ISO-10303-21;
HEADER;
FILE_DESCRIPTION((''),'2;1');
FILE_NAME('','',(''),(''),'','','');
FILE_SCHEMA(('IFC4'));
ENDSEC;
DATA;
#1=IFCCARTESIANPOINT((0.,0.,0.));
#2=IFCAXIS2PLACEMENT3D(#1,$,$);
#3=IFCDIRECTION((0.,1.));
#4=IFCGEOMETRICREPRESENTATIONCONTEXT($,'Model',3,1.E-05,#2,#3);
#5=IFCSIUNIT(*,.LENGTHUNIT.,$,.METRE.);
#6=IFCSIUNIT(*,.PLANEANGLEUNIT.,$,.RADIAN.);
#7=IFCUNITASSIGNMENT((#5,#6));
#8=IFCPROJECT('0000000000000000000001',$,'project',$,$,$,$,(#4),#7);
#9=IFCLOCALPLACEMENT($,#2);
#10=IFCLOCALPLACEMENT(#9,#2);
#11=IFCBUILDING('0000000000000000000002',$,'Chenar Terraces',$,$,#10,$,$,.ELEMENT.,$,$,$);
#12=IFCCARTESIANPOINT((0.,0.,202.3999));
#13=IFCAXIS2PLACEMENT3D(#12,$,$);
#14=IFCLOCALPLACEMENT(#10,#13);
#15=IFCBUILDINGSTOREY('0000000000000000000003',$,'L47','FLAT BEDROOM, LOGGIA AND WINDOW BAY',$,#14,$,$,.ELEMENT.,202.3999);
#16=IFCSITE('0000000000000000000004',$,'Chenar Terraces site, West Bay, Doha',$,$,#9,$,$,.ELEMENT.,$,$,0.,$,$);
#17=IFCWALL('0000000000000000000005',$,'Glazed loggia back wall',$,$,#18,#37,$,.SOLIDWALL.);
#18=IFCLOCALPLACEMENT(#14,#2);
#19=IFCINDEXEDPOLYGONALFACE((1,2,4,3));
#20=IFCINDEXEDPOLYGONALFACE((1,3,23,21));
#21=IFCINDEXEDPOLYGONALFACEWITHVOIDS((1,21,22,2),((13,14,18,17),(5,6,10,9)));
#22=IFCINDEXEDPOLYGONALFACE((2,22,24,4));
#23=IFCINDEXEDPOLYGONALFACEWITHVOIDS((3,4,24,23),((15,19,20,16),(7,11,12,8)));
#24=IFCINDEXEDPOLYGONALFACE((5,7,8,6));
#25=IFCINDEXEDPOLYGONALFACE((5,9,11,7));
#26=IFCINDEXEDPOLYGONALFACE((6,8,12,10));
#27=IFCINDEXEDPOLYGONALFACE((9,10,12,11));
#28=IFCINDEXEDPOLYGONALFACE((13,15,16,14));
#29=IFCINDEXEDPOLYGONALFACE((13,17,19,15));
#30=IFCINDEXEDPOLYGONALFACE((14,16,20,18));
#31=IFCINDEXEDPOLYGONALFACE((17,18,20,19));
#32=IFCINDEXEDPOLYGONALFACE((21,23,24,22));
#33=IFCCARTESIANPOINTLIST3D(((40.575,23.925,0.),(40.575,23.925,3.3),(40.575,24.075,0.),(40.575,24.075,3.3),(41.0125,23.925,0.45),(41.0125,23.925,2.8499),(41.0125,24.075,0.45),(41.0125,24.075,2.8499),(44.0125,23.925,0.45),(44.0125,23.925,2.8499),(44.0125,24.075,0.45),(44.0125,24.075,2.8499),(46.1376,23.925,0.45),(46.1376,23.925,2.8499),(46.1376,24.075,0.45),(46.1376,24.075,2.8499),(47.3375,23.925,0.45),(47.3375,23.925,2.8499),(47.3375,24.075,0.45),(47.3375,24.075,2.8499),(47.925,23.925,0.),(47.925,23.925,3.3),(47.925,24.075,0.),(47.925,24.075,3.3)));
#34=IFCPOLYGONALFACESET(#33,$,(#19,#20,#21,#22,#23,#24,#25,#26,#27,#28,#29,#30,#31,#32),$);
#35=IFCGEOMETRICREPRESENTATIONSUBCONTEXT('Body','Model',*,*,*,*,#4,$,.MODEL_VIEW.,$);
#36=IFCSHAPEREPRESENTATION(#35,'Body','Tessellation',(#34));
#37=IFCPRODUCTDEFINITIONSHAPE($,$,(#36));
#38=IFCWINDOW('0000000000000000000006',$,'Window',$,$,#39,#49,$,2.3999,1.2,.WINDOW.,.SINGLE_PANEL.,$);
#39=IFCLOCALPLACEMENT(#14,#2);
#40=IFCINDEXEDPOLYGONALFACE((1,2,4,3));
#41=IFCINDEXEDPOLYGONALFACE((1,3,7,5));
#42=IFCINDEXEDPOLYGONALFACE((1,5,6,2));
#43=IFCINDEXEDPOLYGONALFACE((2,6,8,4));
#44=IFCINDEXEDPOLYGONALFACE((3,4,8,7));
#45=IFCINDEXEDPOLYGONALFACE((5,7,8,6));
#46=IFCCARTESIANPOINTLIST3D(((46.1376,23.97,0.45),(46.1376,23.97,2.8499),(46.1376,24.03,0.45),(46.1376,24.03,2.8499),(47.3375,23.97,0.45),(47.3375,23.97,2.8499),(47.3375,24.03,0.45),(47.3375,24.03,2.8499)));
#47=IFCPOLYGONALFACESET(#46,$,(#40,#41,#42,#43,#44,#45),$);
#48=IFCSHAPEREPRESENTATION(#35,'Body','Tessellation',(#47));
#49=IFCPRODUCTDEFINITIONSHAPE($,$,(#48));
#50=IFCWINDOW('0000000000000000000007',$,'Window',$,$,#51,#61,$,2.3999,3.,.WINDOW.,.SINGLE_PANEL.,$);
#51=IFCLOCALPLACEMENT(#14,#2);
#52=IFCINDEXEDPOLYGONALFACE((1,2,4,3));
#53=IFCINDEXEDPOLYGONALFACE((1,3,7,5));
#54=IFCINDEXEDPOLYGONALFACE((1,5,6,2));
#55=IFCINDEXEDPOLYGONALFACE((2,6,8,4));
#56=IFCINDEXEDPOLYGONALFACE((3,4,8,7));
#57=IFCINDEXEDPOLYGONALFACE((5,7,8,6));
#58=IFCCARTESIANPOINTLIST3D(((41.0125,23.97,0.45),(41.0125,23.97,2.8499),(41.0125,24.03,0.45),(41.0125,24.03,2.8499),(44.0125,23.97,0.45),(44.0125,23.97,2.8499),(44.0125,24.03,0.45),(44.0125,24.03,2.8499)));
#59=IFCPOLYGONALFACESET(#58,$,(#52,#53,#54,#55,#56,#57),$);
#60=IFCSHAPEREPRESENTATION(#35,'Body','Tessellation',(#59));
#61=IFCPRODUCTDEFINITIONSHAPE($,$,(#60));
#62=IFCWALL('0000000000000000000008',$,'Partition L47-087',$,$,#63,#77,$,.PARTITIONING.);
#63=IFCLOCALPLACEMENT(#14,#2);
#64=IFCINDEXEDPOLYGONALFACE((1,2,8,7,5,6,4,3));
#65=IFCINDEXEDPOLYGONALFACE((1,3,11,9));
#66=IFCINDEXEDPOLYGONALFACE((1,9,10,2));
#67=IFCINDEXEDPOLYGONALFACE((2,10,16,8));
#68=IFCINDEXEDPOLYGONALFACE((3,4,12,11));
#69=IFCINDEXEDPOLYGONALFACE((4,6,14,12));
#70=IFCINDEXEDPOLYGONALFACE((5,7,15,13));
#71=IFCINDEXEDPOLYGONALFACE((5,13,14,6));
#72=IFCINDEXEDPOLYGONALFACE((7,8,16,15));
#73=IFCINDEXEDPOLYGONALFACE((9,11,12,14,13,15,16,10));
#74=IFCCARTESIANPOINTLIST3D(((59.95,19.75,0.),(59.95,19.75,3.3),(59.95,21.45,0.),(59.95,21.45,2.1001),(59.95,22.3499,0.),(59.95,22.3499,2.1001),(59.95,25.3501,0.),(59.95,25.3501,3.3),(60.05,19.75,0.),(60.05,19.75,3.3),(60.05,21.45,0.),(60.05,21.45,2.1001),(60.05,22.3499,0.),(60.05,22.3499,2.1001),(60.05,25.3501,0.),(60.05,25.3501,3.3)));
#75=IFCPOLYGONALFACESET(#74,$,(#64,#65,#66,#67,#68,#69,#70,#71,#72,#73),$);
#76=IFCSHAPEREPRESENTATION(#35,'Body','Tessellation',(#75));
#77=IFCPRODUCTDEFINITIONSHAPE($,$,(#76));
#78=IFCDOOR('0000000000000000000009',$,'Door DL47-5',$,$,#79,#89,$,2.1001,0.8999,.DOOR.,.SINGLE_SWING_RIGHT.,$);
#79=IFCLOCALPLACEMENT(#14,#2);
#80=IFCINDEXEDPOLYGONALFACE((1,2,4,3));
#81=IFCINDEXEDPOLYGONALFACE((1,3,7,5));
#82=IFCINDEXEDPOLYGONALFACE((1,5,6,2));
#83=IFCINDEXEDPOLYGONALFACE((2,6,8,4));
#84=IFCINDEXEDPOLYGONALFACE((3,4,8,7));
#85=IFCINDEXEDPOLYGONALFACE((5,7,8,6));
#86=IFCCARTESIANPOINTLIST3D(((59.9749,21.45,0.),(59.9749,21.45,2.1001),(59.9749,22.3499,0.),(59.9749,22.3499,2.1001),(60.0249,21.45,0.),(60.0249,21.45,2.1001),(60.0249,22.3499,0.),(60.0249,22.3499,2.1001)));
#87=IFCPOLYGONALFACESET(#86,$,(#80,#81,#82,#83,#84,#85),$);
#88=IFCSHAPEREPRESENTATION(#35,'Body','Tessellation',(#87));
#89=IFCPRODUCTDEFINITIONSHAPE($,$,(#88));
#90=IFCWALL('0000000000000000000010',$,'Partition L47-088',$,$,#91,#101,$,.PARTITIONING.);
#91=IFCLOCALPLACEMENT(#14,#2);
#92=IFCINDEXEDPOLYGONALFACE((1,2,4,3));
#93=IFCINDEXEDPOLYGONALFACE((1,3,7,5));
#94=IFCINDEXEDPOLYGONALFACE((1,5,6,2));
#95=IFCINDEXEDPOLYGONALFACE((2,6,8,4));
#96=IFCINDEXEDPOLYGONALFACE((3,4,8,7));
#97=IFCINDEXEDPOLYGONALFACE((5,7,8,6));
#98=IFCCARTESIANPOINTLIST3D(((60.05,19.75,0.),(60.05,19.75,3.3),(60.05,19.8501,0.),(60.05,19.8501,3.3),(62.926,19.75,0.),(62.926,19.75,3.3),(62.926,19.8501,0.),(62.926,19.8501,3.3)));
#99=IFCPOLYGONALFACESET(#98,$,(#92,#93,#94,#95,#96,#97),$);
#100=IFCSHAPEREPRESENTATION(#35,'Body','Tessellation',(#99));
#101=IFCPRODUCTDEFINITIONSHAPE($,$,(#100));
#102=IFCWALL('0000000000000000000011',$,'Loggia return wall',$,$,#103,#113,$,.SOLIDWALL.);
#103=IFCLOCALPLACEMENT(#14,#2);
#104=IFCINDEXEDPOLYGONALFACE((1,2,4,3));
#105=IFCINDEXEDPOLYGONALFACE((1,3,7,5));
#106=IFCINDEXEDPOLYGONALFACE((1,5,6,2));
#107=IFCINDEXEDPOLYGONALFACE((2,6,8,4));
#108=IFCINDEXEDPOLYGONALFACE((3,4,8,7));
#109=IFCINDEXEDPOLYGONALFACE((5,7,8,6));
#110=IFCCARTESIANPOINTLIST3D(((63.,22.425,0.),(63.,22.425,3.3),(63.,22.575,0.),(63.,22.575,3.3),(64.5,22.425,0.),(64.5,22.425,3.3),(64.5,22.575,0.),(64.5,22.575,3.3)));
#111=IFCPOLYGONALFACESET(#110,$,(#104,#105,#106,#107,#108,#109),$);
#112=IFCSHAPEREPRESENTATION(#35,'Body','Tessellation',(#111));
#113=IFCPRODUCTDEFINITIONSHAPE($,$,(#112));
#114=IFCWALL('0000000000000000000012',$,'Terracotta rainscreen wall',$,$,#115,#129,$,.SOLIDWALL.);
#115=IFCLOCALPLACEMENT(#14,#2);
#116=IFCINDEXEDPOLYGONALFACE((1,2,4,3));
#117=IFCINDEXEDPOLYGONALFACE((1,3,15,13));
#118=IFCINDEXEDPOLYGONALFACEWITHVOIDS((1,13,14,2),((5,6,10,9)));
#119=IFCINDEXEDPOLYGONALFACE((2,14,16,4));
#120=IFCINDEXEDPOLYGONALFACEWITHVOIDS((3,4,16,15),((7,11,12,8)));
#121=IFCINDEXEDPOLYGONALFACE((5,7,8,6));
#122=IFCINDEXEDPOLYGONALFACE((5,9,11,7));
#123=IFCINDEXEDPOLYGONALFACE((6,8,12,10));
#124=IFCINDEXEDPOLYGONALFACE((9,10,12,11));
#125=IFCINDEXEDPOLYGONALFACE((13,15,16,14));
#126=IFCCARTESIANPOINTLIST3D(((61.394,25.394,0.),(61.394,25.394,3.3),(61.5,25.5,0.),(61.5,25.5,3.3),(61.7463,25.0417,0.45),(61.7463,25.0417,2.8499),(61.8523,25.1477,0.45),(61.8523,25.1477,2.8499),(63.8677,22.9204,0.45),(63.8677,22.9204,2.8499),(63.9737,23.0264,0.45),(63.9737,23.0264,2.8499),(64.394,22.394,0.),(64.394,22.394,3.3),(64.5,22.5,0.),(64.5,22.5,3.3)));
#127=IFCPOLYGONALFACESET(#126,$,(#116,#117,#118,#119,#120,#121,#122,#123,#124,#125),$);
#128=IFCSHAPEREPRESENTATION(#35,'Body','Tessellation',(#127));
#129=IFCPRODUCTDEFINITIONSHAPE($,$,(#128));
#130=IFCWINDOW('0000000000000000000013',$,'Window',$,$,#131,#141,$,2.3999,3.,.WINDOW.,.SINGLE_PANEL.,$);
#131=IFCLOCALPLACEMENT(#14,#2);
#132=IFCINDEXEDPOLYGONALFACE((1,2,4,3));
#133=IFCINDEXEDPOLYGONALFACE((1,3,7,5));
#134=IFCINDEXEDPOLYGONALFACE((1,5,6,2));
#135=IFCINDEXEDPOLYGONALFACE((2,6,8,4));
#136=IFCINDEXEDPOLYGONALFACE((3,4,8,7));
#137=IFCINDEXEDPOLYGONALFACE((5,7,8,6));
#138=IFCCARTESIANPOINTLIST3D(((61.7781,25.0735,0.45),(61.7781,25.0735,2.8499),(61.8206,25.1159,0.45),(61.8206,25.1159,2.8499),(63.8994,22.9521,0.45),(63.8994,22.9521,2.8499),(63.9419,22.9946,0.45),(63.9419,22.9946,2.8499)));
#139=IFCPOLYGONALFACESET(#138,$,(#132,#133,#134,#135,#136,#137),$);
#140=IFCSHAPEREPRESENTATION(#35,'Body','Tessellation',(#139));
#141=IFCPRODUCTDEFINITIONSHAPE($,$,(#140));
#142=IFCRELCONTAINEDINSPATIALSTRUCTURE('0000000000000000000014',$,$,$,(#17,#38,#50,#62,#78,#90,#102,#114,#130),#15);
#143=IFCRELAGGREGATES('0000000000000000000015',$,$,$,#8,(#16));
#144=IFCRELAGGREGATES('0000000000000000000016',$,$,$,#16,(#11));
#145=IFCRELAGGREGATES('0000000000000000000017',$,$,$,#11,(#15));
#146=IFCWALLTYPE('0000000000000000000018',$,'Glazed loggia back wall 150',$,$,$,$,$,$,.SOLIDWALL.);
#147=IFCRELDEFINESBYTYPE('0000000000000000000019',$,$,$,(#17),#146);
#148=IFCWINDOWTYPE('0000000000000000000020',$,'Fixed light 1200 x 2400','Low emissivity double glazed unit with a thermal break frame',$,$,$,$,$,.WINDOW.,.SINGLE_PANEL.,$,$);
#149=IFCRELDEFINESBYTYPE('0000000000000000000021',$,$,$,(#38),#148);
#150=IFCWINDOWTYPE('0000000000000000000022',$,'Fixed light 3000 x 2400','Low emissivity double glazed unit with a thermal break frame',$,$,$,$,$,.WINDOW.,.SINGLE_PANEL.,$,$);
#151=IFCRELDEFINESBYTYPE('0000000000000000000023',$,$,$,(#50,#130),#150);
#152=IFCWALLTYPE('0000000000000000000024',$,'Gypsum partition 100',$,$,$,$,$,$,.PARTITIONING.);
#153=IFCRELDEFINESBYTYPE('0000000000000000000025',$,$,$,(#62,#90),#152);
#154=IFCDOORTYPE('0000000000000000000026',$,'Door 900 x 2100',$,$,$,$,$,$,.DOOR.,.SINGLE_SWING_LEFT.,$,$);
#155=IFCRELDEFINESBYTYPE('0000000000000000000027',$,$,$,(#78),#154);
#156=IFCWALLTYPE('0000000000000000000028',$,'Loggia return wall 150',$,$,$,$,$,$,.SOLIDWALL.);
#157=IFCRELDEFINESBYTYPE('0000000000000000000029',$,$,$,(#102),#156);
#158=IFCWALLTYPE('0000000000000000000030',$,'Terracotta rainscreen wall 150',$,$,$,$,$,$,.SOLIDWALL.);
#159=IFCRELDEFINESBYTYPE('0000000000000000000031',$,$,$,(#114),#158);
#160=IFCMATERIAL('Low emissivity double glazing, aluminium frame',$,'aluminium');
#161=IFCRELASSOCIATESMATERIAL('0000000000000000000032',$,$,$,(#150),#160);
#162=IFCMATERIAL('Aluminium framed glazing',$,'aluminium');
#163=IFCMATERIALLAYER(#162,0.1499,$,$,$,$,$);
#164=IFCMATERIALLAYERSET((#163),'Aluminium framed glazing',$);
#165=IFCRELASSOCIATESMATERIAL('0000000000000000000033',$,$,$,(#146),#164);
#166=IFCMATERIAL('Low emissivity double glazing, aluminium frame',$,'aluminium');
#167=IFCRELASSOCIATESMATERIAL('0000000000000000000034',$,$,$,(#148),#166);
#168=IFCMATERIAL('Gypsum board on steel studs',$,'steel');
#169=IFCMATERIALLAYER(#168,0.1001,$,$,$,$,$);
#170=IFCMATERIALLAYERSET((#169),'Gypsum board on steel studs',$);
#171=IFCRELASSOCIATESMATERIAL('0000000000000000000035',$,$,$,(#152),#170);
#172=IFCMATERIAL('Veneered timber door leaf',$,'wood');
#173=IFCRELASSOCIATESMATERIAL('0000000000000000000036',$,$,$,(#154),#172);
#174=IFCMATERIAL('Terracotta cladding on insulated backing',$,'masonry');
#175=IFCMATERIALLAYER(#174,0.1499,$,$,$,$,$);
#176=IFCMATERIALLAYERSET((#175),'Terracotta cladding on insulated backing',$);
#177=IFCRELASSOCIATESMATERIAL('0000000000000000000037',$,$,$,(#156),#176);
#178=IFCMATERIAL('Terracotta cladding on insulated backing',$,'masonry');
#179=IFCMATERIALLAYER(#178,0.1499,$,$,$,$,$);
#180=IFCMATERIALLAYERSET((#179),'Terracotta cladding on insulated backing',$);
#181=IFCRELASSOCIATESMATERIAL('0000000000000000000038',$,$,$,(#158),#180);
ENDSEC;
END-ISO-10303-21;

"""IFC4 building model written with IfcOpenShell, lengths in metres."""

from ifc_helpers import new_model, si_unit, direction, frame, frame_2d, origin, place, context, subcontext, project, spatial, rectangle, extrude, material, layer, layer_set, type_object, element, fill, save


model = new_model("IFC4")

# Units and contexts
model_context = context("Model", 3, precision=1e-05, world=origin(), true_north=direction((0.0, 1.0)))
body_context = subcontext(model_context, "Body", "Model", "MODEL_VIEW")
ifc_project = project(units=[si_unit("LENGTHUNIT", "METRE"), si_unit("PLANEANGLEUNIT", "RADIAN")], contexts=[model_context])

# Site, building, storey
site_placement = place(None, origin())
site = spatial("IfcSite", under=ifc_project, at=site_placement, Name="Chenar Terraces site, West Bay, Doha", CompositionType="ELEMENT", RefElevation=0.0)
building_placement = place(site_placement, origin())
building = spatial("IfcBuilding", under=site, at=building_placement, Name="Chenar Terraces", CompositionType="ELEMENT")
storey_placement = place(building_placement, frame((0.0, 0.0, 202.3999)))
storey = spatial("IfcBuildingStorey", under=building, at=storey_placement, Name="L47", Description="FLAT BEDROOM, LOGGIA AND WINDOW BAY", CompositionType="ELEMENT", Elevation=202.3999)

# Wall, openings, windows
ifc_material_1 = material(Name="Low emissivity double glazing, aluminium frame", Category="aluminium")
window_type_1 = type_object("IfcWindowType", Name="Fixed light 3000 x 2400", Description="Low emissivity double glazed unit with a thermal break frame", PartitioningType="SINGLE_PANEL", PredefinedType="WINDOW", material=ifc_material_1)
ifc_material_2 = material(Name="Aluminium framed glazing", Category="aluminium")
ifc_layer_1 = layer(ifc_material_2, 0.1499)
ifc_layer_set_1 = layer_set([ifc_layer_1], Name="Aluminium framed glazing")
wall_type_1 = type_object("IfcWallType", Name="Glazed loggia back wall 150", PredefinedType="SOLIDWALL", material=ifc_layer_set_1)
wall_1_placement = place(storey_placement, frame((47.925, 24.0, 0.0), z_axis=(0.0, 0.0, 1.0), x_axis=(-1.0, 0.0, 0.0)))
wall_1 = element("IfcWall", 1, at=wall_1_placement, inside=storey, type_object=wall_type_1, Name="Glazed loggia back wall", PredefinedType="SOLIDWALL", context=body_context, shape_type="SweptSolid", body=[
    extrude(rectangle(XDim=7.3501, YDim=0.1499, at=frame_2d((3.675, 0.0))), origin(), (0.0, 0.0, 1.0), 3.3),
])
opening_1_placement = place(wall_1_placement, frame((0.5874, 0.0, 0.45)))
opening_1 = element("IfcOpeningElement", 2, at=opening_1_placement, cuts=wall_1, PredefinedType="OPENING", context=body_context, shape_type="SweptSolid", body=[
    extrude(rectangle(XDim=1.2, YDim=2.3999, at=frame_2d((0.6001, 1.2))), frame((0.0, 0.085, 0.0), z_axis=(0.0, -1.0, 0.0), x_axis=(1.0, 0.0, 0.0)), (0.0, 0.0, 1.0), 0.1699),
])
opening_2_placement = place(wall_1_placement, frame((3.9126, 0.0, 0.45)))
opening_2 = element("IfcOpeningElement", 3, at=opening_2_placement, cuts=wall_1, PredefinedType="OPENING", context=body_context, shape_type="SweptSolid", body=[
    extrude(rectangle(XDim=3.0, YDim=2.3999, at=frame_2d((1.5, 1.2))), frame((0.0, 0.085, 0.0), z_axis=(0.0, -1.0, 0.0), x_axis=(1.0, 0.0, 0.0)), (0.0, 0.0, 1.0), 0.1699),
])
ifc_material_3 = material(Name="Low emissivity double glazing, aluminium frame", Category="aluminium")
window_type_2 = type_object("IfcWindowType", Name="Fixed light 1200 x 2400", Description="Low emissivity double glazed unit with a thermal break frame", PartitioningType="SINGLE_PANEL", PredefinedType="WINDOW", material=ifc_material_3)
window_1_placement = place(opening_1_placement, origin())
window_1 = element("IfcWindow", 4, at=window_1_placement, inside=storey, type_object=window_type_2, Name="Window", OverallHeight=2.3999, OverallWidth=1.2, PartitioningType="SINGLE_PANEL", PredefinedType="WINDOW", context=body_context, shape_type="SweptSolid", body=[
    extrude(rectangle(XDim=1.2, YDim=2.3999, at=frame_2d((0.6001, 1.2))), frame((0.0, 0.03, 0.0), z_axis=(0.0, -1.0, 0.0), x_axis=(1.0, 0.0, 0.0)), (0.0, 0.0, 1.0), 0.0601),
])
fill(opening_1, window_1)
window_2_placement = place(opening_2_placement, origin())
window_2 = element("IfcWindow", 5, at=window_2_placement, inside=storey, type_object=window_type_1, Name="Window", OverallHeight=2.3999, OverallWidth=3.0, PartitioningType="SINGLE_PANEL", PredefinedType="WINDOW", context=body_context, shape_type="SweptSolid", body=[
    extrude(rectangle(XDim=3.0, YDim=2.3999, at=frame_2d((1.5, 1.2))), frame((0.0, 0.03, 0.0), z_axis=(0.0, -1.0, 0.0), x_axis=(1.0, 0.0, 0.0)), (0.0, 0.0, 1.0), 0.0601),
])
fill(opening_2, window_2)

# Wall, opening, door
ifc_material_4 = material(Name="Gypsum board on steel studs", Category="steel")
ifc_layer_2 = layer(ifc_material_4, 0.1001)
ifc_layer_set_2 = layer_set([ifc_layer_2], Name="Gypsum board on steel studs")
wall_type_2 = type_object("IfcWallType", Name="Gypsum partition 100", PredefinedType="PARTITIONING", material=ifc_layer_set_2)
wall_2_placement = place(storey_placement, frame((60.0, 19.75, 0.0), z_axis=(0.0, 0.0, 1.0), x_axis=(0.0, 1.0, 0.0)))
wall_2 = element("IfcWall", 6, at=wall_2_placement, inside=storey, type_object=wall_type_2, Name="Partition L47-087", PredefinedType="PARTITIONING", context=body_context, shape_type="SweptSolid", body=[
    extrude(rectangle(XDim=5.6001, YDim=0.1001, at=frame_2d((2.8, 0.0))), origin(), (0.0, 0.0, 1.0), 3.3),
])
opening_3_placement = place(wall_2_placement, frame((1.7, 0.0, 0.0)))
opening_3 = element("IfcOpeningElement", 7, at=opening_3_placement, cuts=wall_2, PredefinedType="OPENING", context=body_context, shape_type="SweptSolid", body=[
    extrude(rectangle(XDim=0.8999, YDim=2.1001, at=frame_2d((0.45, 1.05))), frame((0.0, 0.0601, 0.0), z_axis=(0.0, -1.0, 0.0), x_axis=(1.0, 0.0, 0.0)), (0.0, 0.0, 1.0), 0.1201),
])
ifc_material_5 = material(Name="Veneered timber door leaf", Category="wood")
door_type_1 = type_object("IfcDoorType", Name="Door 900 x 2100", OperationType="SINGLE_SWING_LEFT", PredefinedType="DOOR", material=ifc_material_5)
door_1_placement = place(opening_3_placement, frame((0.8999, 0.0, 0.0), z_axis=(0.0, 0.0, 1.0), x_axis=(-1.0, 0.0, 0.0)))
door_1 = element("IfcDoor", 8, at=door_1_placement, inside=storey, type_object=door_type_1, Name="Door DL47-5", OperationType="SINGLE_SWING_RIGHT", OverallHeight=2.1001, OverallWidth=0.8999, PredefinedType="DOOR", context=body_context, shape_type="SweptSolid", body=[
    extrude(rectangle(XDim=0.8999, YDim=2.1001, at=frame_2d((0.45, 1.05))), frame((0.0, 0.0249, 0.0), z_axis=(0.0, -1.0, 0.0), x_axis=(1.0, 0.0, 0.0)), (0.0, 0.0, 1.0), 0.05),
])
fill(opening_3, door_1)

# Walls
wall_3_placement = place(storey_placement, frame((60.05, 19.8, 0.0), z_axis=(0.0, 0.0, 1.0), x_axis=(1.0, 0.0, 0.0)))
element("IfcWall", 9, at=wall_3_placement, inside=storey, type_object=wall_type_2, Name="Partition L47-088", PredefinedType="PARTITIONING", context=body_context, shape_type="SweptSolid", body=[
    extrude(rectangle(XDim=2.876, YDim=0.1001, at=frame_2d((1.438, 0.0))), origin(), (0.0, 0.0, 1.0), 3.3),
])
ifc_material_6 = material(Name="Terracotta cladding on insulated backing", Category="masonry")
ifc_layer_3 = layer(ifc_material_6, 0.1499)
ifc_layer_set_3 = layer_set([ifc_layer_3], Name="Terracotta cladding on insulated backing")
wall_type_3 = type_object("IfcWallType", Name="Loggia return wall 150", PredefinedType="SOLIDWALL", material=ifc_layer_set_3)
wall_4_placement = place(storey_placement, frame((64.5, 22.5, 0.0), z_axis=(0.0, 0.0, 1.0), x_axis=(-1.0, 0.0, 0.0)))
element("IfcWall", 10, at=wall_4_placement, inside=storey, type_object=wall_type_3, Name="Loggia return wall", PredefinedType="SOLIDWALL", context=body_context, shape_type="SweptSolid", body=[
    extrude(rectangle(XDim=1.5, YDim=0.1499, at=frame_2d((0.75, 0.0))), origin(), (0.0, 0.0, 1.0), 3.3),
])

# Wall, opening, window
ifc_material_7 = material(Name="Terracotta cladding on insulated backing", Category="masonry")
ifc_layer_4 = layer(ifc_material_7, 0.1499)
ifc_layer_set_4 = layer_set([ifc_layer_4], Name="Terracotta cladding on insulated backing")
wall_type_4 = type_object("IfcWallType", Name="Terracotta rainscreen wall 150", PredefinedType="SOLIDWALL", material=ifc_layer_set_4)
wall_5_placement = place(storey_placement, frame((64.447, 22.447, 0.0), z_axis=(0.0, 0.0, 1.0), x_axis=(-0.707107, 0.707107, 0.0)))
wall_5 = element("IfcWall", 11, at=wall_5_placement, inside=storey, type_object=wall_type_4, Name="Terracotta rainscreen wall", PredefinedType="SOLIDWALL", context=body_context, shape_type="SweptSolid", body=[
    extrude(rectangle(XDim=4.2427, YDim=0.1499, at=frame_2d((2.1213, 0.0))), origin(), (0.0, 0.0, 1.0), 3.3),
])
opening_4_placement = place(wall_5_placement, frame((0.7444, 0.0, 0.45)))
opening_4 = element("IfcOpeningElement", 12, at=opening_4_placement, cuts=wall_5, PredefinedType="OPENING", context=body_context, shape_type="SweptSolid", body=[
    extrude(rectangle(XDim=3.0, YDim=2.3999, at=frame_2d((1.5, 1.2))), frame((0.0, 0.085, 0.0), z_axis=(0.0, -1.0, 0.0), x_axis=(1.0, 0.0, 0.0)), (0.0, 0.0, 1.0), 0.1699),
])
window_3_placement = place(opening_4_placement, origin())
window_3 = element("IfcWindow", 13, at=window_3_placement, inside=storey, type_object=window_type_1, Name="Window", OverallHeight=2.3999, OverallWidth=3.0, PartitioningType="SINGLE_PANEL", PredefinedType="WINDOW", context=body_context, shape_type="SweptSolid", body=[
    extrude(rectangle(XDim=3.0, YDim=2.3999, at=frame_2d((1.5, 1.2))), frame((0.0, 0.03, 0.0), z_axis=(0.0, -1.0, 0.0), x_axis=(1.0, 0.0, 0.0)), (0.0, 0.0, 1.0), 0.0601),
])
fill(opening_4, window_3)

save(model, "model.ifc")
